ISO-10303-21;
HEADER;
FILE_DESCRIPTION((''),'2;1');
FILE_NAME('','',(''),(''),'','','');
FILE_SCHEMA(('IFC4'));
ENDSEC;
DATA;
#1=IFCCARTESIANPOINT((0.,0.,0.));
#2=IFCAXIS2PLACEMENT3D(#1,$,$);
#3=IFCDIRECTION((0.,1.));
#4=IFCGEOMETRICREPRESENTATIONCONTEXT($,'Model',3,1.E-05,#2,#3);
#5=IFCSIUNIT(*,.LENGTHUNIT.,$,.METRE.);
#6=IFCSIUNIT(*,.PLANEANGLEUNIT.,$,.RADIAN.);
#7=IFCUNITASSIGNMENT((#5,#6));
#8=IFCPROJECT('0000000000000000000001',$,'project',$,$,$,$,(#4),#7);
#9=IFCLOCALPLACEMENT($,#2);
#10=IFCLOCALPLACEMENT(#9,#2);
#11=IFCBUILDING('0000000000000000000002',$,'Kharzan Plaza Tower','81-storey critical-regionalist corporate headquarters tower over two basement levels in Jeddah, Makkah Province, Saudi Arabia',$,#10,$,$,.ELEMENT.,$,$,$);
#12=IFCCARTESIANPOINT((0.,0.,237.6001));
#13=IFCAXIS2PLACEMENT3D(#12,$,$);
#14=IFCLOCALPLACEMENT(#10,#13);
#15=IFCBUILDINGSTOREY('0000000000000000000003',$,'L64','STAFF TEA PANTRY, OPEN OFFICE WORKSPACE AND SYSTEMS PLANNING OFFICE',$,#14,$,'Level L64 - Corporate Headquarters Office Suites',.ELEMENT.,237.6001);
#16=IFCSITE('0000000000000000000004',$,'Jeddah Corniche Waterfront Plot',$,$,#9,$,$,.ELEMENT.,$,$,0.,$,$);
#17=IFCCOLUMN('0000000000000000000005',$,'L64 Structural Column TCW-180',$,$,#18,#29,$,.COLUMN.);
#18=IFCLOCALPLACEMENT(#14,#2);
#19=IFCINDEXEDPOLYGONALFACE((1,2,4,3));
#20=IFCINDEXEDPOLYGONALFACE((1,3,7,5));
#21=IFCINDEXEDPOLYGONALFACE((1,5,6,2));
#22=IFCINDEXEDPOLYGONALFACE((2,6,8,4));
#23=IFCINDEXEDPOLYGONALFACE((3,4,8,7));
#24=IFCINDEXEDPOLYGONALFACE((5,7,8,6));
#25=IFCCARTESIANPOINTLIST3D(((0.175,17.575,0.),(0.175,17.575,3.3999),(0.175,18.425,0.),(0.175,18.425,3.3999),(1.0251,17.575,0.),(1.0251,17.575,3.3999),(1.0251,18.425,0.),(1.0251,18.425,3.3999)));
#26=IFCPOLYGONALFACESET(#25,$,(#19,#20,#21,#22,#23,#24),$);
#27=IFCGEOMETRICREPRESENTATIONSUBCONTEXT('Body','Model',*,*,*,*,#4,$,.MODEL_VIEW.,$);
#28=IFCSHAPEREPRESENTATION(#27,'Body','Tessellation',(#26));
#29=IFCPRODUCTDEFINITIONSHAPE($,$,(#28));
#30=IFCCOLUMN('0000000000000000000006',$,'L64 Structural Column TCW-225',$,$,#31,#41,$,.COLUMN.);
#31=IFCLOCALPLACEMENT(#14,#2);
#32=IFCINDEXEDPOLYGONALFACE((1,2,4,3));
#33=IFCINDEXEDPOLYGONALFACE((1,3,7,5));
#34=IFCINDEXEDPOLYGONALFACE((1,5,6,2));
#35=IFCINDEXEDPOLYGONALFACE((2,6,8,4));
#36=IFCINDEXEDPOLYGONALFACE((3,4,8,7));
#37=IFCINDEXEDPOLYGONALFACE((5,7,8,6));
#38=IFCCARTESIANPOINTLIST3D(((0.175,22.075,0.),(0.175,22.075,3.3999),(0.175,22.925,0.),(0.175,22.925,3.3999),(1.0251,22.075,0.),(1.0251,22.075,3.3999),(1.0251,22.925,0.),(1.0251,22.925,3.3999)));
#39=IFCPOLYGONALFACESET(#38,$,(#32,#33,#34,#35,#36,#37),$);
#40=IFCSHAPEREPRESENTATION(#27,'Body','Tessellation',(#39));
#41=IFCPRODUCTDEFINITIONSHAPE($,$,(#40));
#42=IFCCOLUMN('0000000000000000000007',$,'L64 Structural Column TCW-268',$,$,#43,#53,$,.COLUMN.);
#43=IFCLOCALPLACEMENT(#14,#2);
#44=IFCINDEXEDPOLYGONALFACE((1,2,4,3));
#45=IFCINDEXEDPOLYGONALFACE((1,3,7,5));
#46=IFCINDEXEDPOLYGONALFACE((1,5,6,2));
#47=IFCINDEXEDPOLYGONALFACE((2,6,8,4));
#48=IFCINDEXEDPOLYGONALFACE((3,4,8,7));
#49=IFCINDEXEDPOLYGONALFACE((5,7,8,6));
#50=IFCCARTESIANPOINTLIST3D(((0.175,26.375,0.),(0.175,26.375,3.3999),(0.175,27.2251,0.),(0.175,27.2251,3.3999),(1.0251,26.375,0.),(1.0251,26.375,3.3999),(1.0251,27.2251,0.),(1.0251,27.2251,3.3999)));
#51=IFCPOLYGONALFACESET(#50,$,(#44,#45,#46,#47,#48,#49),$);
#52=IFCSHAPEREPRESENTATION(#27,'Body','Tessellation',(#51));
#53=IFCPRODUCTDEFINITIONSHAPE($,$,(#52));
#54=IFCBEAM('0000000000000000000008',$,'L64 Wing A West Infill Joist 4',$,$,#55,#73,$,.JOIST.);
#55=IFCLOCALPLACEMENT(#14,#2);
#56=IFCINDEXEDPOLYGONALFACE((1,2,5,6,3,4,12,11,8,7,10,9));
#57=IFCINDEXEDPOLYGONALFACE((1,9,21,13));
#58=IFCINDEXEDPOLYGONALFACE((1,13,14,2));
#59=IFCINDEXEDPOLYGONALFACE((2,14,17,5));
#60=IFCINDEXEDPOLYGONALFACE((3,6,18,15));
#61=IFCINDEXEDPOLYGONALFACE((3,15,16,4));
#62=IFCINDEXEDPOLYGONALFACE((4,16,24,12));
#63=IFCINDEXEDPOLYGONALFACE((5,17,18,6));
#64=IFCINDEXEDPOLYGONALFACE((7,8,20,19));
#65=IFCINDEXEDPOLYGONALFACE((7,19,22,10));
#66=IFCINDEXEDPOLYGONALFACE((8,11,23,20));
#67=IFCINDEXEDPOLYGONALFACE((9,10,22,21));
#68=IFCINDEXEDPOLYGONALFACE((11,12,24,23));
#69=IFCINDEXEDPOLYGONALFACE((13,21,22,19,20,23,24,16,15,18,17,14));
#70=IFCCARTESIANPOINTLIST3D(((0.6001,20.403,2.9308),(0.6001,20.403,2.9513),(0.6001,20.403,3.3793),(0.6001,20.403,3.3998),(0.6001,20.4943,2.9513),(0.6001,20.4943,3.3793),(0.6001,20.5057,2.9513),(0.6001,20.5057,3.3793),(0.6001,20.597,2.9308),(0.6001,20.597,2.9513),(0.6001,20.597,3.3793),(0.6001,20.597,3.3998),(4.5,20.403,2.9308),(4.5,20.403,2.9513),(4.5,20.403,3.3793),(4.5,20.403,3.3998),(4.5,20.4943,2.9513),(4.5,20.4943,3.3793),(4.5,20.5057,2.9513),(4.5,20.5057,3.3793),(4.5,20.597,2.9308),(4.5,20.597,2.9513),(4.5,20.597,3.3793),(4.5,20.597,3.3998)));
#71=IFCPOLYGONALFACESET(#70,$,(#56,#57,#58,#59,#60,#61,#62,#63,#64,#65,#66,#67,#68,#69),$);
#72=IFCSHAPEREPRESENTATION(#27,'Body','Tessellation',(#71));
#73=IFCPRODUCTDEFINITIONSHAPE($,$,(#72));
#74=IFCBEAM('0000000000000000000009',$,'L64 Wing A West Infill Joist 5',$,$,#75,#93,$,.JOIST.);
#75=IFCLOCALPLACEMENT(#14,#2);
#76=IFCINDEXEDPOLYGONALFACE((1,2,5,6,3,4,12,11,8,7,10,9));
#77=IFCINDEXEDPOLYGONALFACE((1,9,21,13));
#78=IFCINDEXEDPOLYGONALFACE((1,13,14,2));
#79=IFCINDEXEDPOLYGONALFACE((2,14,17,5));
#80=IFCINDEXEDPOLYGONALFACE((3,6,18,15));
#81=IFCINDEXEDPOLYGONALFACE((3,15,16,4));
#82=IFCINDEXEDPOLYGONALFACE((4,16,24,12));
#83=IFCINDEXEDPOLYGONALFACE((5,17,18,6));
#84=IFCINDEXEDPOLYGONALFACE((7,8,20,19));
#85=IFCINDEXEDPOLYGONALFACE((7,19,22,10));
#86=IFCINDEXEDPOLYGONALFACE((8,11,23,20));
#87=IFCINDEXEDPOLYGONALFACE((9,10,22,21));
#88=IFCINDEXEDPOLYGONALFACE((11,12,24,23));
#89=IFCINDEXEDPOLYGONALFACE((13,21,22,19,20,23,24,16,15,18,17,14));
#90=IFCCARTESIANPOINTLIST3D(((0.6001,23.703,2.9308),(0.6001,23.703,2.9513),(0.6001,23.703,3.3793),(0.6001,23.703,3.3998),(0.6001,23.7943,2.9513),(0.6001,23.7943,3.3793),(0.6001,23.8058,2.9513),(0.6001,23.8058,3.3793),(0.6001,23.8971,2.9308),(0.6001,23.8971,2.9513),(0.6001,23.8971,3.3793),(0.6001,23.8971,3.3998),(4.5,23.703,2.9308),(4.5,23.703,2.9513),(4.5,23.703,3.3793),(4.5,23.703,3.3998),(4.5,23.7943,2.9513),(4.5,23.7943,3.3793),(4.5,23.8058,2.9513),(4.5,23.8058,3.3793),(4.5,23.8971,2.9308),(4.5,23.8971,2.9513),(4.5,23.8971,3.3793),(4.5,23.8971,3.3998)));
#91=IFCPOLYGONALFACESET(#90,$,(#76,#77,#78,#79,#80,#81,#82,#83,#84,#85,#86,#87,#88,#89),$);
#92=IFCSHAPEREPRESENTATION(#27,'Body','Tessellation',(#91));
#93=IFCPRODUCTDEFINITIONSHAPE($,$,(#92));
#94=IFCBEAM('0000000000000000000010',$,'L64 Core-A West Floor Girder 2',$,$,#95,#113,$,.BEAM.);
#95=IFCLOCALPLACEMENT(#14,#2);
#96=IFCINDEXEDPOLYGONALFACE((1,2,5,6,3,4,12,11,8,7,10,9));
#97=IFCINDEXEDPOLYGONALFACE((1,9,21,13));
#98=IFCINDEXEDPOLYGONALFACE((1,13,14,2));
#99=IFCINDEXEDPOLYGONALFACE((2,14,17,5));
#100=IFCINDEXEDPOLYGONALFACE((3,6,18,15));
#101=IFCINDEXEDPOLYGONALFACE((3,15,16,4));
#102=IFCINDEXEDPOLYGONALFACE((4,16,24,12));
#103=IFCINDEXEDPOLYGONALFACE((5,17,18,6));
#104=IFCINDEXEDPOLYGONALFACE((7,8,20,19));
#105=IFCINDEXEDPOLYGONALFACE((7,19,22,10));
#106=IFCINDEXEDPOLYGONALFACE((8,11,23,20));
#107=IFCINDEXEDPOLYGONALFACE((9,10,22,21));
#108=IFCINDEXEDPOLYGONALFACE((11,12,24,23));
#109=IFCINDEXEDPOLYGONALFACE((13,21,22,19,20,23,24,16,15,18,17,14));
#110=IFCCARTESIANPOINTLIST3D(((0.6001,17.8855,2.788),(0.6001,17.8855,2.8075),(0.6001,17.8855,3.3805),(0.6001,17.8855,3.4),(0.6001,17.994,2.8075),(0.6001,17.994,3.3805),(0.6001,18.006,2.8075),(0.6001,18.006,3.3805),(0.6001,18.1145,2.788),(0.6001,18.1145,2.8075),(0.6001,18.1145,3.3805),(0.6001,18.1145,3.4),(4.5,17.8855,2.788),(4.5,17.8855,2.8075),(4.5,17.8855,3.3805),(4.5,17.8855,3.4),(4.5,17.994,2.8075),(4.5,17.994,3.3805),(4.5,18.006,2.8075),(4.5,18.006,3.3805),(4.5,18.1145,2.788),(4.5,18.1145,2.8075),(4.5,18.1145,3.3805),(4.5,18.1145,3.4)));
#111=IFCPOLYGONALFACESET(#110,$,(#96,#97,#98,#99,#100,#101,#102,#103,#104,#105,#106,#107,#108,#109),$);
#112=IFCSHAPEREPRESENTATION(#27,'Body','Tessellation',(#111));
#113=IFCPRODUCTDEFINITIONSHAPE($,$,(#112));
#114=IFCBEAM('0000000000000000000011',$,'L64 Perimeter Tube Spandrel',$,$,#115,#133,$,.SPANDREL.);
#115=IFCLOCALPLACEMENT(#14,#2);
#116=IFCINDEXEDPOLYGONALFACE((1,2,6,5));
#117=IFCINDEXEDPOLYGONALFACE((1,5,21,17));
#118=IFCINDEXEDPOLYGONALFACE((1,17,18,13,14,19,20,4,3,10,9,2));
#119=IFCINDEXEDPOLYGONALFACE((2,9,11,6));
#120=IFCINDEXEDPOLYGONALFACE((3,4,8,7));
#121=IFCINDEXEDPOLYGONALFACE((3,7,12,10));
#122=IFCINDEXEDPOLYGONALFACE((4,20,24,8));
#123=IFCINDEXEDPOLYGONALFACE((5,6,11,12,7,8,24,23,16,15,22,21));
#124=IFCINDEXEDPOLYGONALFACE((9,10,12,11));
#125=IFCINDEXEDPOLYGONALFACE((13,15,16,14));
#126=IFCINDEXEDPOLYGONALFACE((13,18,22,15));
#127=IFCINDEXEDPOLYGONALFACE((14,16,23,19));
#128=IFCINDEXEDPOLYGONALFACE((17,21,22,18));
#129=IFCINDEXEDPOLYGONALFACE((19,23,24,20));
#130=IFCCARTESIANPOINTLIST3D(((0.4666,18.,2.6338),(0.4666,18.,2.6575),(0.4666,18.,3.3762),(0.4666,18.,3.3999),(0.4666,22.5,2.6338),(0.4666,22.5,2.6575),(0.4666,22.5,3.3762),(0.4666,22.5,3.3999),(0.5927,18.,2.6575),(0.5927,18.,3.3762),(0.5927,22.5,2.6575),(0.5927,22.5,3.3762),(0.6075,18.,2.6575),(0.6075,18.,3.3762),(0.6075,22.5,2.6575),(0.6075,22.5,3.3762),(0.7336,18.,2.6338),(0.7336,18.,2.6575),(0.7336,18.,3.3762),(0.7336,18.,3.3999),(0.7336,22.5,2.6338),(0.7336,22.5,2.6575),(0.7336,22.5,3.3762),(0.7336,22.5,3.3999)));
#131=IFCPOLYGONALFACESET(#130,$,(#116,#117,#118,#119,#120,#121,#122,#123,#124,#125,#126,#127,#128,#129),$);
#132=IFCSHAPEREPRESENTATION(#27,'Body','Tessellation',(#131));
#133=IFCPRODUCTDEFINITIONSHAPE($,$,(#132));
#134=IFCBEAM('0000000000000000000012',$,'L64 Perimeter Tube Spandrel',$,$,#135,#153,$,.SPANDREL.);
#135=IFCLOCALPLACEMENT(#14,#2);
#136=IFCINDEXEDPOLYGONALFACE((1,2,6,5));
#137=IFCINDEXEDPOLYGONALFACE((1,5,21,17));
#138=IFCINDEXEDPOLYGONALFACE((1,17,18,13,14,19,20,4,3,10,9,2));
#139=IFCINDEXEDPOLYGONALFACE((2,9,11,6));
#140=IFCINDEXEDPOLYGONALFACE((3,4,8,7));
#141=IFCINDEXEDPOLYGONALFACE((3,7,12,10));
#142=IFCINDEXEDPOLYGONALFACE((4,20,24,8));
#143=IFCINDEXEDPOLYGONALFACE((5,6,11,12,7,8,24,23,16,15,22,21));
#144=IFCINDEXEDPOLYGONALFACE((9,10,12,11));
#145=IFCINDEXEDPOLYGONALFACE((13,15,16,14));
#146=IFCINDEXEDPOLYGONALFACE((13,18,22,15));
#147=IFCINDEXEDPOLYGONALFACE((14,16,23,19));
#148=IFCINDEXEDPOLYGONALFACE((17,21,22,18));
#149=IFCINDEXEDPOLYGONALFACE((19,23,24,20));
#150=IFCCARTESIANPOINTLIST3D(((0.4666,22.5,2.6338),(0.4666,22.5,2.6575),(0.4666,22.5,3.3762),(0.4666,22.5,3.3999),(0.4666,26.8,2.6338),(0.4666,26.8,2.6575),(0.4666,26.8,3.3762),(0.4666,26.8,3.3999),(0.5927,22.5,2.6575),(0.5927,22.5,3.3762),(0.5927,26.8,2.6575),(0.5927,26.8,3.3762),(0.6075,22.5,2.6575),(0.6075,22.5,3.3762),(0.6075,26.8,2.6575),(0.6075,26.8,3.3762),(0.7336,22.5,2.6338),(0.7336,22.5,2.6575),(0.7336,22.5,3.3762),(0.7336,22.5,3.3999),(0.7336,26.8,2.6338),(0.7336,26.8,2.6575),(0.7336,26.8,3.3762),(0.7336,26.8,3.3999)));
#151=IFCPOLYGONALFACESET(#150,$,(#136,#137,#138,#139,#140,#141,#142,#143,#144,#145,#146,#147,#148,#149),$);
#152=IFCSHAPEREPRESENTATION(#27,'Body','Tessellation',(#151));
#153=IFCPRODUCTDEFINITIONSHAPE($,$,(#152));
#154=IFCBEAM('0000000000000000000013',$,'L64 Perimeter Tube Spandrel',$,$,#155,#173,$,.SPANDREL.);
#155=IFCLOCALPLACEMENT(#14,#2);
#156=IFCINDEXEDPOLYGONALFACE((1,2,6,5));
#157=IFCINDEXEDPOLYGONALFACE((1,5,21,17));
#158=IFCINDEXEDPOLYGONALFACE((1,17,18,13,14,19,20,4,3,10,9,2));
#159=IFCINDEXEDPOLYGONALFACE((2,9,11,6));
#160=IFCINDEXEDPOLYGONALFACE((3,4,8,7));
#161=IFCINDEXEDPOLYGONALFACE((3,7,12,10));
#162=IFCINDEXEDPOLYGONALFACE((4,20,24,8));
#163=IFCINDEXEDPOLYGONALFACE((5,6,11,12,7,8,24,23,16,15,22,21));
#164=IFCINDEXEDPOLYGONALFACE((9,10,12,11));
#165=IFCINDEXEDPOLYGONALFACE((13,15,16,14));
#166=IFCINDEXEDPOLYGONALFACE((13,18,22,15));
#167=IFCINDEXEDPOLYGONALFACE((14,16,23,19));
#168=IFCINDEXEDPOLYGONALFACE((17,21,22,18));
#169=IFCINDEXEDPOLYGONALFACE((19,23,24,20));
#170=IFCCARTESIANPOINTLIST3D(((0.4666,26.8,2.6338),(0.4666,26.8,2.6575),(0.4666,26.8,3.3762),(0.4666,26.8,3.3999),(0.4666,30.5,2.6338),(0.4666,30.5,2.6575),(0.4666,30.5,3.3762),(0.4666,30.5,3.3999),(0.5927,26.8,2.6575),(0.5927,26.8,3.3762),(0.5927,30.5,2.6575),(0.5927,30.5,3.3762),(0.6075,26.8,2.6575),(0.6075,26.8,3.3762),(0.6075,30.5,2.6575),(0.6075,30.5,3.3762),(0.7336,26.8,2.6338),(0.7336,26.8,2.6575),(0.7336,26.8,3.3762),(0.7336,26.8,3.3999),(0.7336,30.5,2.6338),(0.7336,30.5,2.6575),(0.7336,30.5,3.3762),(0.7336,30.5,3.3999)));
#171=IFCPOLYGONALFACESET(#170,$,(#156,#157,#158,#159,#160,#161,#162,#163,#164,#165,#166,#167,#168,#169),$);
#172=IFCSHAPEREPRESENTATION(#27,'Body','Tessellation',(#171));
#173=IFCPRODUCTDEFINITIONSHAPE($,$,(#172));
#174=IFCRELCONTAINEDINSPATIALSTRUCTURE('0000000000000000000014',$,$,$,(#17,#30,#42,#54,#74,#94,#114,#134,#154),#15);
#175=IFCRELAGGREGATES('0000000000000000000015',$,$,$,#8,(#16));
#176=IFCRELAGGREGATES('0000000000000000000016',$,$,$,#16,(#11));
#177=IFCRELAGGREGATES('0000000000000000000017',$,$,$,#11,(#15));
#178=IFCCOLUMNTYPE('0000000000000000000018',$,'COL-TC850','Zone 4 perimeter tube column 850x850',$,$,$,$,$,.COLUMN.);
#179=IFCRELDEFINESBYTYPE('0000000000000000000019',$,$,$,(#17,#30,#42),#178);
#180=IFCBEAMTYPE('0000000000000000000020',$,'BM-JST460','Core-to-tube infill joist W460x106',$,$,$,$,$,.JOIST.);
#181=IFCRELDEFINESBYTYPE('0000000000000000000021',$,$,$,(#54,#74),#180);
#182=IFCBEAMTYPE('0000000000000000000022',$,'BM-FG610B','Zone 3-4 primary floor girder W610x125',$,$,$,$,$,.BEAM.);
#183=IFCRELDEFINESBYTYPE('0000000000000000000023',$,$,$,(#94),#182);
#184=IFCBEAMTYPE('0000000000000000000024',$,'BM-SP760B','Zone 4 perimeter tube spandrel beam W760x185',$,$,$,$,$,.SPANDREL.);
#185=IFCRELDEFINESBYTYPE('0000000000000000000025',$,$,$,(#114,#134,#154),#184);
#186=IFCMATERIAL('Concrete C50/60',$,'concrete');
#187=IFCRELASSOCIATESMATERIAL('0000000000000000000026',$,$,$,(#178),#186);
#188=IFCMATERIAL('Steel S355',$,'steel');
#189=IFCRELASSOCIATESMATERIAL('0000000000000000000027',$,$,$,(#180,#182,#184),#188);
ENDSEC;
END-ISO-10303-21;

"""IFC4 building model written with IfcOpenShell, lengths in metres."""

from ifc_helpers import new_model, si_unit, direction, frame, origin, origin_2d, place, context, subcontext, project, spatial, rectangle, i_section, extrude, source, transform, mapped, material, material_profile, profile_set, type_object, element, save


model = new_model("IFC4")

# Units and contexts
model_context = context("Model", 3, precision=1e-05, world=origin(), true_north=direction((0.0, 1.0)))
body_context = subcontext(model_context, "Body", "Model", "MODEL_VIEW")
ifc_project = project(units=[si_unit("LENGTHUNIT", "METRE"), si_unit("PLANEANGLEUNIT", "RADIAN")], contexts=[model_context])

# Site, building, storey
site_placement = place(None, origin())
site = spatial("IfcSite", under=ifc_project, at=site_placement, Name="Jeddah Corniche Waterfront Plot", CompositionType="ELEMENT", RefElevation=0.0)
building_placement = place(site_placement, origin())
building = spatial("IfcBuilding", under=site, at=building_placement, Name="Kharzan Plaza Tower", Description="81-storey critical-regionalist corporate headquarters tower over two basement levels in Jeddah, Makkah Province, Saudi Arabia", CompositionType="ELEMENT")
storey_placement = place(building_placement, frame((0.0, 0.0, 237.6001)))
storey = spatial("IfcBuildingStorey", under=building, at=storey_placement, Name="L64", Description="STAFF TEA PANTRY, OPEN OFFICE WORKSPACE AND SYSTEMS PLANNING OFFICE", LongName="Level L64 - Corporate Headquarters Office Suites", CompositionType="ELEMENT", Elevation=237.6001)

# Columns
ifc_material_1 = material(Name="Concrete C50/60", Category="concrete")
ifc_material_profile_1 = material_profile(ifc_material_1, rectangle(XDim=0.8501, YDim=0.8501, at=origin_2d()), Name="RC-TC850x850")
ifc_profile_set_1 = profile_set([ifc_material_profile_1], Name="Concrete C50/60")
column_type = type_object("IfcColumnType", Name="COL-TC850", Description="Zone 4 perimeter tube column 850x850", PredefinedType="COLUMN", material=ifc_profile_set_1)
shared_shape_1 = source(origin(), body_context, "Body", "SweptSolid", [
    extrude(rectangle(XDim=0.8501, YDim=0.8501, at=origin_2d()), origin(), (0.0, 0.0, 1.0), 3.3999),
])
for number, where, z_axis, x_axis, name in (
    (1, (0.6001, 18.0, 0.0), (0.0, 0.0, 1.0), (1.0, 0.0, 0.0), "L64 Structural Column TCW-180"),
    (2, (0.6001, 22.5, 0.0), (0.0, 0.0, 1.0), (1.0, 0.0, 0.0), "L64 Structural Column TCW-225"),
    (3, (0.6001, 26.8, 0.0), (0.0, 0.0, 1.0), (1.0, 0.0, 0.0), "L64 Structural Column TCW-268"),
):
    element("IfcColumn", number, at=place(storey_placement, frame(where, z_axis=z_axis, x_axis=x_axis)), inside=storey, type_object=column_type, Name=name, PredefinedType="COLUMN", context=body_context, shape_type="MappedRepresentation", body=[
        mapped(shared_shape_1, transform((0.0, 0.0, 0.0), x_axis=(1.0, 0.0, 0.0), y_axis=(0.0, 1.0, 0.0), z_axis=(0.0, 0.0, 1.0))),
    ])

# Beams
ifc_material_2 = material(Name="Steel S355", Category="steel")
ifc_material_profile_2 = material_profile(ifc_material_2, i_section(OverallWidth=0.1941, OverallDepth=0.469, WebThickness=0.0115, FlangeThickness=0.0205, at=origin_2d()), Name="W460x106")
ifc_profile_set_2 = profile_set([ifc_material_profile_2], Name="Steel S355")
beam_type_1 = type_object("IfcBeamType", Name="BM-JST460", Description="Core-to-tube infill joist W460x106", PredefinedType="JOIST", material=ifc_profile_set_2)
shared_shape_2 = source(origin(), body_context, "Body", "SweptSolid", [
    extrude(i_section(OverallWidth=0.1941, OverallDepth=0.469, WebThickness=0.0115, FlangeThickness=0.0205, at=origin_2d()), origin(), (0.0, 0.0, 1.0), 3.8999),
])
for number, where, z_axis, x_axis, name in (
    (4, (0.6001, 20.5, 3.1653), (1.0, 0.0, 0.0), (0.0, 1.0, 0.0), "L64 Wing A West Infill Joist 4"),
    (5, (0.6001, 23.8, 3.1653), (1.0, 0.0, 0.0), (0.0, 1.0, 0.0), "L64 Wing A West Infill Joist 5"),
):
    element("IfcBeam", number, at=place(storey_placement, frame(where, z_axis=z_axis, x_axis=x_axis)), inside=storey, type_object=beam_type_1, Name=name, PredefinedType="JOIST", context=body_context, shape_type="MappedRepresentation", body=[
        mapped(shared_shape_2, transform((0.0, 0.0, 0.0), x_axis=(1.0, 0.0, 0.0), y_axis=(0.0, 1.0, 0.0), z_axis=(0.0, 0.0, 1.0))),
    ])
ifc_material_profile_3 = material_profile(ifc_material_2, i_section(OverallWidth=0.229, OverallDepth=0.6121, WebThickness=0.012, FlangeThickness=0.0195, at=origin_2d()), Name="W610x125")
ifc_profile_set_3 = profile_set([ifc_material_profile_3], Name="Steel S355")
beam_type_2 = type_object("IfcBeamType", Name="BM-FG610B", Description="Zone 3-4 primary floor girder W610x125", PredefinedType="BEAM", material=ifc_profile_set_3)
shared_shape_3 = source(origin(), body_context, "Body", "SweptSolid", [
    extrude(i_section(OverallWidth=0.229, OverallDepth=0.6121, WebThickness=0.012, FlangeThickness=0.0195, at=origin_2d()), origin(), (0.0, 0.0, 1.0), 3.8999),
])
beam_1_placement = place(storey_placement, frame((0.6001, 18.0, 3.094), z_axis=(1.0, 0.0, 0.0), x_axis=(0.0, 1.0, 0.0)))
element("IfcBeam", 6, at=beam_1_placement, inside=storey, type_object=beam_type_2, Name="L64 Core-A West Floor Girder 2", PredefinedType="BEAM", context=body_context, shape_type="MappedRepresentation", body=[
    mapped(shared_shape_3, transform((0.0, 0.0, 0.0), x_axis=(1.0, 0.0, 0.0), y_axis=(0.0, 1.0, 0.0), z_axis=(0.0, 0.0, 1.0))),
])
ifc_material_profile_4 = material_profile(ifc_material_2, i_section(OverallWidth=0.2671, OverallDepth=0.7661, WebThickness=0.0149, FlangeThickness=0.0237, at=origin_2d()), Name="W760x185")
ifc_profile_set_4 = profile_set([ifc_material_profile_4], Name="Steel S355")
beam_type_3 = type_object("IfcBeamType", Name="BM-SP760B", Description="Zone 4 perimeter tube spandrel beam W760x185", PredefinedType="SPANDREL", material=ifc_profile_set_4)
shared_shape_4 = source(origin(), body_context, "Body", "SweptSolid", [
    extrude(i_section(OverallWidth=0.2671, OverallDepth=0.7661, WebThickness=0.0149, FlangeThickness=0.0237, at=origin_2d()), origin(), (0.0, 0.0, 1.0), 4.5),
])
beam_2_placement = place(storey_placement, frame((0.6001, 18.0, 3.0168), z_axis=(0.0, 1.0, 0.0), x_axis=(-1.0, 0.0, 0.0)))
element("IfcBeam", 7, at=beam_2_placement, inside=storey, type_object=beam_type_3, Name="L64 Perimeter Tube Spandrel", PredefinedType="SPANDREL", context=body_context, shape_type="MappedRepresentation", body=[
    mapped(shared_shape_4, transform((0.0, 0.0, 0.0), x_axis=(1.0, 0.0, 0.0), y_axis=(0.0, 1.0, 0.0), z_axis=(0.0, 0.0, 1.0))),
])
shared_shape_5 = source(origin(), body_context, "Body", "SweptSolid", [
    extrude(i_section(OverallWidth=0.2671, OverallDepth=0.7661, WebThickness=0.0149, FlangeThickness=0.0237, at=origin_2d()), origin(), (0.0, 0.0, 1.0), 4.3),
])
beam_3_placement = place(storey_placement, frame((0.6001, 22.5, 3.0168), z_axis=(0.0, 1.0, 0.0), x_axis=(-1.0, 0.0, 0.0)))
element("IfcBeam", 8, at=beam_3_placement, inside=storey, type_object=beam_type_3, Name="L64 Perimeter Tube Spandrel", PredefinedType="SPANDREL", context=body_context, shape_type="MappedRepresentation", body=[
    mapped(shared_shape_5, transform((0.0, 0.0, 0.0), x_axis=(1.0, 0.0, 0.0), y_axis=(0.0, 1.0, 0.0), z_axis=(0.0, 0.0, 1.0))),
])
shared_shape_6 = source(origin(), body_context, "Body", "SweptSolid", [
    extrude(i_section(OverallWidth=0.2671, OverallDepth=0.7661, WebThickness=0.0149, FlangeThickness=0.0237, at=origin_2d()), origin(), (0.0, 0.0, 1.0), 3.7),
])
beam_4_placement = place(storey_placement, frame((0.6001, 26.8, 3.0168), z_axis=(0.0, 1.0, 0.0), x_axis=(-1.0, 0.0, 0.0)))
element("IfcBeam", 9, at=beam_4_placement, inside=storey, type_object=beam_type_3, Name="L64 Perimeter Tube Spandrel", PredefinedType="SPANDREL", context=body_context, shape_type="MappedRepresentation", body=[
    mapped(shared_shape_6, transform((0.0, 0.0, 0.0), x_axis=(1.0, 0.0, 0.0), y_axis=(0.0, 1.0, 0.0), z_axis=(0.0, 0.0, 1.0))),
])

save(model, "model.ifc")
